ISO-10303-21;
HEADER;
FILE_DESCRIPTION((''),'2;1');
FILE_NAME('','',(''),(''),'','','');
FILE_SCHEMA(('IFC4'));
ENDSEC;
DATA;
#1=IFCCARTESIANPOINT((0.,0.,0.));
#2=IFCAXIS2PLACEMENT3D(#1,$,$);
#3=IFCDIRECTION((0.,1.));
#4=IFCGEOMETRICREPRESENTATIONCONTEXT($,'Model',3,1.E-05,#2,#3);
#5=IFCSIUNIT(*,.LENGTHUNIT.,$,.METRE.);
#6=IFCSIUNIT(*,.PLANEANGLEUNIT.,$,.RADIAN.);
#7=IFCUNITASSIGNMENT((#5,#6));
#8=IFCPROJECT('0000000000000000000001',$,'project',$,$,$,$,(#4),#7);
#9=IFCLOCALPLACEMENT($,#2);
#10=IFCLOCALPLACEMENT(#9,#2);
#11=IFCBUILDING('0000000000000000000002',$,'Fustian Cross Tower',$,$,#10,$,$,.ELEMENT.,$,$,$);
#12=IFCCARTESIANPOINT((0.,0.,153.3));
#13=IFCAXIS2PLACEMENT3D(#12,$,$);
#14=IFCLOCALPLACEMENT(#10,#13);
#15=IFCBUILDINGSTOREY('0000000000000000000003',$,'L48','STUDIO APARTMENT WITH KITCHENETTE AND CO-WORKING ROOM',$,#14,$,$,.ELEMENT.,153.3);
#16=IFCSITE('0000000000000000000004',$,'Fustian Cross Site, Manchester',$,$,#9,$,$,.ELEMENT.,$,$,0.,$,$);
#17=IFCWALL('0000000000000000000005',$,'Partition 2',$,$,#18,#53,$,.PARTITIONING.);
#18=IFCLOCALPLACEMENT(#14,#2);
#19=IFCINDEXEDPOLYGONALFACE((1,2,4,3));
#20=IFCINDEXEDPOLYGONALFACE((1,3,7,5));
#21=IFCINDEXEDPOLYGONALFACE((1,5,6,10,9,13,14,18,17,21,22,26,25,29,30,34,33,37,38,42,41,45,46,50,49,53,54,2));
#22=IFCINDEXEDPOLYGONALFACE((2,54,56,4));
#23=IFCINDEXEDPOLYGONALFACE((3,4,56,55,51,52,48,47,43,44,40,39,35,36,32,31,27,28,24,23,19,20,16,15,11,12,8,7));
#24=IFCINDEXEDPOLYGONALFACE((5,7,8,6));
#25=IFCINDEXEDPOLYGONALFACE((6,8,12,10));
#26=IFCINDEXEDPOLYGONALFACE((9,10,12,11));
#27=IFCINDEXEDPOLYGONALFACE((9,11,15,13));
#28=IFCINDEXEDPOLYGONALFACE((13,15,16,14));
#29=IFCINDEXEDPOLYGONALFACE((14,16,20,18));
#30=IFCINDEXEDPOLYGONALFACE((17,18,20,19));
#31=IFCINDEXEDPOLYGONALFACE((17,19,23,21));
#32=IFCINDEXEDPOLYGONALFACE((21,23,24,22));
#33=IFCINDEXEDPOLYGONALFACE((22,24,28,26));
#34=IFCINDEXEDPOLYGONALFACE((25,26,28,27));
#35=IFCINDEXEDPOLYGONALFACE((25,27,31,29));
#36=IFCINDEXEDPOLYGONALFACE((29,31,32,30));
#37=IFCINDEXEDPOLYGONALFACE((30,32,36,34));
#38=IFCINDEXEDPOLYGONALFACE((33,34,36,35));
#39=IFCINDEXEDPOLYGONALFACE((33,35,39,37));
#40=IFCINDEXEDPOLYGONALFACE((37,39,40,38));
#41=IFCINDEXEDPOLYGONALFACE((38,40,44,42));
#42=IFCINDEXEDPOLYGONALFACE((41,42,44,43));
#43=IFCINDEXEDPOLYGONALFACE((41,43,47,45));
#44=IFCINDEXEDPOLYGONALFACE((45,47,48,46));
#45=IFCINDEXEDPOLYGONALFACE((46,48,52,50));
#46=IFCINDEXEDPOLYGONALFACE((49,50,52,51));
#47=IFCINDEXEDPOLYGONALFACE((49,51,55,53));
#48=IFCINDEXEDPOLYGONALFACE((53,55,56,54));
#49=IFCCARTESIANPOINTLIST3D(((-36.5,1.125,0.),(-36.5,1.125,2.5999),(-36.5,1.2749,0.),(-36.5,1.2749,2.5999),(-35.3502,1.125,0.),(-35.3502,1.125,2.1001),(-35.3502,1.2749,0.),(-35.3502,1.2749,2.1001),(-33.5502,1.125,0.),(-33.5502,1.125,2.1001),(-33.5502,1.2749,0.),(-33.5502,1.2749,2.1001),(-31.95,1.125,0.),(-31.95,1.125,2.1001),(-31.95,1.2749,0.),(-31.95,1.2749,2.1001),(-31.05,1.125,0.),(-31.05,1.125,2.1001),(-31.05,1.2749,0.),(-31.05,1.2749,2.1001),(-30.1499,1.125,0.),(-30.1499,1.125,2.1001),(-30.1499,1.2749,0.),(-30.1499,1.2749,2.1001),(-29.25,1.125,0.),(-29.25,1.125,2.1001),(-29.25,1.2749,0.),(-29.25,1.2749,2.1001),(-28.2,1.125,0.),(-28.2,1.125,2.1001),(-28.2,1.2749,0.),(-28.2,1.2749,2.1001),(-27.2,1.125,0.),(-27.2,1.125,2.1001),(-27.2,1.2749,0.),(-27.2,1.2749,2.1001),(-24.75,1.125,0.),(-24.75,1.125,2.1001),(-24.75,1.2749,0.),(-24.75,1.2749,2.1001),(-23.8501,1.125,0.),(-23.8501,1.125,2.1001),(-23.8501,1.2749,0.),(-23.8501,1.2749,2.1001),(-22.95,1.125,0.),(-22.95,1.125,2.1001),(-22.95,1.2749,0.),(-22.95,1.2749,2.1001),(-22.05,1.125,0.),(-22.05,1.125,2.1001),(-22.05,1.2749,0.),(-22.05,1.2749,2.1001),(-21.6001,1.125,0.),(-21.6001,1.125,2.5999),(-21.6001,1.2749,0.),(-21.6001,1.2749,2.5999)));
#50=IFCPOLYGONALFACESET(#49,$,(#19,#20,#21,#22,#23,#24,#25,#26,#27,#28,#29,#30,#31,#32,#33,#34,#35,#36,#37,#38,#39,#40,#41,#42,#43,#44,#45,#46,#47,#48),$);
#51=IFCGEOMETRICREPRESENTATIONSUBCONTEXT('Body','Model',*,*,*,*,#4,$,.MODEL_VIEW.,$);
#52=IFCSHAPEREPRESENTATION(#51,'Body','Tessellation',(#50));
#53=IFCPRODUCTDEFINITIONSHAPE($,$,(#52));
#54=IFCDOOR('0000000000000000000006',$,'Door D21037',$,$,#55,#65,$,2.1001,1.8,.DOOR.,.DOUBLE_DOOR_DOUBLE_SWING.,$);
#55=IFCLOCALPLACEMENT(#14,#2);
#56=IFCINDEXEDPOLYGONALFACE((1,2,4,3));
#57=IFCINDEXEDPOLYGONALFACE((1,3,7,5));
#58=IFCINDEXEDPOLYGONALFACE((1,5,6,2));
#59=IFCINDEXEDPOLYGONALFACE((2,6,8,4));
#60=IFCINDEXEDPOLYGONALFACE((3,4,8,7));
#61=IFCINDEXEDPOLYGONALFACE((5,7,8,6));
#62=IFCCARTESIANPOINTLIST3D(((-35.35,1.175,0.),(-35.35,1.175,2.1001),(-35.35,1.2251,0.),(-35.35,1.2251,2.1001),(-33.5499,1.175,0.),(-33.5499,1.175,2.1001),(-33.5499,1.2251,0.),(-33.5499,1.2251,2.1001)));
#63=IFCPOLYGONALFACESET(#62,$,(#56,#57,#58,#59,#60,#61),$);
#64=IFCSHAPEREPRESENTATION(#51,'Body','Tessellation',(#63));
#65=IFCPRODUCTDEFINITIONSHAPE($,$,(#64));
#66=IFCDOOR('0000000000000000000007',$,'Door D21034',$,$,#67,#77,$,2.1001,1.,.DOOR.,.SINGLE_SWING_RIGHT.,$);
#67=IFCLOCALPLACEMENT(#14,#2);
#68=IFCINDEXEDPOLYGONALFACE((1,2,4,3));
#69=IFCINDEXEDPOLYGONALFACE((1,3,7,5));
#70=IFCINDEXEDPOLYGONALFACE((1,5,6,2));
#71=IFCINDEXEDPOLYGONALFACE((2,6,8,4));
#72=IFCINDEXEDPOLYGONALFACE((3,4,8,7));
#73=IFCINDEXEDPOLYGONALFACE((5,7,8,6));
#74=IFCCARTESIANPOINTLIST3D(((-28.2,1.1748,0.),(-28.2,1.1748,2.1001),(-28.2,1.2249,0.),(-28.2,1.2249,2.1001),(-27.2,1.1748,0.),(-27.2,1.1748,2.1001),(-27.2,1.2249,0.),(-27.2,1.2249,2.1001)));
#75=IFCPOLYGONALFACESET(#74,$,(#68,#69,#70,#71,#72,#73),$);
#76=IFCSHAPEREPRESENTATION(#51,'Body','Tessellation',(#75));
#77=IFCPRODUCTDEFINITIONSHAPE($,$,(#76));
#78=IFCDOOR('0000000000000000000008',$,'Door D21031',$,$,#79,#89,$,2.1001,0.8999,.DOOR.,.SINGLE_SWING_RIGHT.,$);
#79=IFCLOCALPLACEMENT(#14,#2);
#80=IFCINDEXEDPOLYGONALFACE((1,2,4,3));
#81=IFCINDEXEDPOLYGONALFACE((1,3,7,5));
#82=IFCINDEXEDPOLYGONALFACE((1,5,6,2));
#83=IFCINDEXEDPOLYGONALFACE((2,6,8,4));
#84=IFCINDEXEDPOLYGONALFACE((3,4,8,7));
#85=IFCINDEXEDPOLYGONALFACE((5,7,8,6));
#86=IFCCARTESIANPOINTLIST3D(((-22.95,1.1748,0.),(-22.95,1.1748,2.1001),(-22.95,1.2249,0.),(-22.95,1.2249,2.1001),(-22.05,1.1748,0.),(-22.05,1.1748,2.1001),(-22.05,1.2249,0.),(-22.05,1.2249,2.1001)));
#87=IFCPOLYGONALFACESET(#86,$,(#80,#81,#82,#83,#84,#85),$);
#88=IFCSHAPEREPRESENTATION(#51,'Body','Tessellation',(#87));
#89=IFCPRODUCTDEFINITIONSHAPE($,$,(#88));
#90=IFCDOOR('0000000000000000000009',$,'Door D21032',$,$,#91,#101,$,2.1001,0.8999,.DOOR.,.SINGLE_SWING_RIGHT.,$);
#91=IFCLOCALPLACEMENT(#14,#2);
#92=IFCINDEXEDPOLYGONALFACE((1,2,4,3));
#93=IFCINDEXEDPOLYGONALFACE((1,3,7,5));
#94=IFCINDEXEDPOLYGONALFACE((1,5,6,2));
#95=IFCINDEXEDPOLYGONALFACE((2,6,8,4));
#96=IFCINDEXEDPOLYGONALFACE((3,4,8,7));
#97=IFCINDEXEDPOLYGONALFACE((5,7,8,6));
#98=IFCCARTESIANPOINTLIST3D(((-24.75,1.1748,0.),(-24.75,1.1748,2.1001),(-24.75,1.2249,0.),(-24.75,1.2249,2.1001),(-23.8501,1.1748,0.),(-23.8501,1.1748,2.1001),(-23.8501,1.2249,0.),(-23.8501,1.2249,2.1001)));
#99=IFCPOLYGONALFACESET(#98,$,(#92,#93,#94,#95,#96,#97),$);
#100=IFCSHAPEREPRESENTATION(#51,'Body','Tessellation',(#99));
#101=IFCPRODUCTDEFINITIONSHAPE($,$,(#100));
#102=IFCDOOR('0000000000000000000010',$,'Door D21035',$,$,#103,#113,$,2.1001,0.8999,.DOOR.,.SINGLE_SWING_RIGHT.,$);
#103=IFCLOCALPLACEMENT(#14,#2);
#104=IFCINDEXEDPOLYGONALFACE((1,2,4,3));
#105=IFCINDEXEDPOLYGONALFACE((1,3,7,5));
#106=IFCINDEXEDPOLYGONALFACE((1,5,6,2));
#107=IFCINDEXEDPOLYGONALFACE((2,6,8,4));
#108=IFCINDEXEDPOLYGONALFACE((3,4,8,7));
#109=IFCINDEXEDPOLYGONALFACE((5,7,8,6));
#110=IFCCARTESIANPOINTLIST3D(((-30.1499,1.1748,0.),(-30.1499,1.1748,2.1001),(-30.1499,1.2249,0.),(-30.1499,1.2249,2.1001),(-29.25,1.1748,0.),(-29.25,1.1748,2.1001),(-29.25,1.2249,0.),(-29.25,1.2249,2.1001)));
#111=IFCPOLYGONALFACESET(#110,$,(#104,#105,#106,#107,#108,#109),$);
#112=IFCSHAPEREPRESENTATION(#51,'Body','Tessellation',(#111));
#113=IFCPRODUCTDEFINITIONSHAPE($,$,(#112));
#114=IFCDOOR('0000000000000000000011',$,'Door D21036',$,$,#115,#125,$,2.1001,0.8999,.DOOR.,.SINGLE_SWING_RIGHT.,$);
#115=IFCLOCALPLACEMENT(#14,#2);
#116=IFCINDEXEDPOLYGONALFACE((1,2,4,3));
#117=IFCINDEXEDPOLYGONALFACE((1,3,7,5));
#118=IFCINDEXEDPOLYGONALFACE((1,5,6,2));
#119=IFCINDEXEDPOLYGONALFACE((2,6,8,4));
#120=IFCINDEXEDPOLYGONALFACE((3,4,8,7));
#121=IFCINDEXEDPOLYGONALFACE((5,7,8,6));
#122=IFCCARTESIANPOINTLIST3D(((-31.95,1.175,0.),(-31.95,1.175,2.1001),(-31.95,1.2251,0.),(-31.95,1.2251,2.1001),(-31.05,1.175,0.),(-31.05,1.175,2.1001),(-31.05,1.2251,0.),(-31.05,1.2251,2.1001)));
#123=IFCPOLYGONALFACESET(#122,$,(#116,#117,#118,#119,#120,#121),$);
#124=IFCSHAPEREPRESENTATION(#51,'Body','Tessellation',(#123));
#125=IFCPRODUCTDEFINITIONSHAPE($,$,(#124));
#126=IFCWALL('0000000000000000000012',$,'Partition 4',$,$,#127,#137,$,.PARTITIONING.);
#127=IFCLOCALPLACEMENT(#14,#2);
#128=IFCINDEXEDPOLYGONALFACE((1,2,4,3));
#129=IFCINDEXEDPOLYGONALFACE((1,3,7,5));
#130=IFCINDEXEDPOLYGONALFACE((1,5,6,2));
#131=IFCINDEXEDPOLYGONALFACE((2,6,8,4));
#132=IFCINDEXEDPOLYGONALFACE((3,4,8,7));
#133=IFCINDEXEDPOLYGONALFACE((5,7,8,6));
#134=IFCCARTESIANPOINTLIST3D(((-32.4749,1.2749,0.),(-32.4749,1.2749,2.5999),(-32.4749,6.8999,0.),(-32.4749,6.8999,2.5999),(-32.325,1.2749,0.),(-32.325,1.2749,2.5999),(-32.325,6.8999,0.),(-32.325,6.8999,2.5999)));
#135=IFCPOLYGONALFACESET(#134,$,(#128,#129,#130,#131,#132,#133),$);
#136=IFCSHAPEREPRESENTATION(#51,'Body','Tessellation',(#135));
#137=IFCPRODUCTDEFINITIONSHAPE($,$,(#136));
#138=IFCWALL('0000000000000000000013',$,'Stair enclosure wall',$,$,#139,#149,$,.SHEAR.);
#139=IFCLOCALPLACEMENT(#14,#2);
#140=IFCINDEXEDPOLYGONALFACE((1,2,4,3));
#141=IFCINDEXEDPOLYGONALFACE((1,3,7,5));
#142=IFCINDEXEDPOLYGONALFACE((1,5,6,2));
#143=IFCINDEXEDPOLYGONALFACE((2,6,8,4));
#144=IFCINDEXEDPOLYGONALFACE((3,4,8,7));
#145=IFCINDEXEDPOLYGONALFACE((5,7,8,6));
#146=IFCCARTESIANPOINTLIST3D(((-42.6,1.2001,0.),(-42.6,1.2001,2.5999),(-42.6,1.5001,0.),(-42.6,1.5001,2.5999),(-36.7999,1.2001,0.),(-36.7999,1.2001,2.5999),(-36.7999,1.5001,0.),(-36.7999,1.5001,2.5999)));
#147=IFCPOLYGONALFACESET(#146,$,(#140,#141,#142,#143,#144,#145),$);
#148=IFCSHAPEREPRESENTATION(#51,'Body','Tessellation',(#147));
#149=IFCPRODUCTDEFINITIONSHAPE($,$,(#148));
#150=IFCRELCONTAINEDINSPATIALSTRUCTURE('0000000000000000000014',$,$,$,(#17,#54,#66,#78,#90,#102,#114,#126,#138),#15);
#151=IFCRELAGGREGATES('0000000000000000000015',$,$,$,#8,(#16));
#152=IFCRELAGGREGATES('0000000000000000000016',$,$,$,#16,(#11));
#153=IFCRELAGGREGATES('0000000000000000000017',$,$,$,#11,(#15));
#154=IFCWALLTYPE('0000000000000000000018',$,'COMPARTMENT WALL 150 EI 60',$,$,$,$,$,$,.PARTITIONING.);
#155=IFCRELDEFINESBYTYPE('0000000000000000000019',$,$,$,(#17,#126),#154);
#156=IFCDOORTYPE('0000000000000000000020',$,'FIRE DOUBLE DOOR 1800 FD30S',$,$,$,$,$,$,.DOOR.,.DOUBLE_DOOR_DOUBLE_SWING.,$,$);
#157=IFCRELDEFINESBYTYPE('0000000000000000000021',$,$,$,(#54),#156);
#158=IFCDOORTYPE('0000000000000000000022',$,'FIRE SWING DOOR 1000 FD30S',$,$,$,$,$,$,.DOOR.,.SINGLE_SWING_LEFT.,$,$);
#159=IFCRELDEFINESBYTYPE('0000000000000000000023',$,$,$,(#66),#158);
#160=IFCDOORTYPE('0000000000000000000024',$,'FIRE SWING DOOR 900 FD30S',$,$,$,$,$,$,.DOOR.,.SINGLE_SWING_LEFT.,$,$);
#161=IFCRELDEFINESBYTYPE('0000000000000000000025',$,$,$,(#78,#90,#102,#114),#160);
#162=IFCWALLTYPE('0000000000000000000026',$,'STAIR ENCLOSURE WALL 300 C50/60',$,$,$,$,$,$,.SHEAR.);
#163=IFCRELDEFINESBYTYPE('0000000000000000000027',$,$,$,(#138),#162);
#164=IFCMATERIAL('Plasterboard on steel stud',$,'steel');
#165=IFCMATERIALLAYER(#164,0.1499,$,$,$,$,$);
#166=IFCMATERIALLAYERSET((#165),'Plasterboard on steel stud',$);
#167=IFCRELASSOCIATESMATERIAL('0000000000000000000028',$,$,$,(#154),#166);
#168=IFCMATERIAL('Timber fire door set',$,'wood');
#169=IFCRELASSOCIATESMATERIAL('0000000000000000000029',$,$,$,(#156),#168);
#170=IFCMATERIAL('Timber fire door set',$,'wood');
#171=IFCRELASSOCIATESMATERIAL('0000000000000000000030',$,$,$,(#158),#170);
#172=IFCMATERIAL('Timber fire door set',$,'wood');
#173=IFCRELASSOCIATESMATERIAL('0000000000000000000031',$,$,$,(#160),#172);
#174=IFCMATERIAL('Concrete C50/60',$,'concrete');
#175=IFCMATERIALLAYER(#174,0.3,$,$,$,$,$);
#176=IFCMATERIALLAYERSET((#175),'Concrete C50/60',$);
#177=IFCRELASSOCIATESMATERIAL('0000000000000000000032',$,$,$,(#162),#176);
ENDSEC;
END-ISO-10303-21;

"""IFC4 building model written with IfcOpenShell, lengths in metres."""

from ifc_helpers import new_model, si_unit, direction, frame, frame_2d, origin, place, context, subcontext, project, spatial, rectangle, extrude, material, layer, layer_set, type_object, element, fill, save


model = new_model("IFC4")

# Units and contexts
model_context = context("Model", 3, precision=1e-05, world=origin(), true_north=direction((0.0, 1.0)))
body_context = subcontext(model_context, "Body", "Model", "MODEL_VIEW")
ifc_project = project(units=[si_unit("LENGTHUNIT", "METRE"), si_unit("PLANEANGLEUNIT", "RADIAN")], contexts=[model_context])

# Site, building, storey
site_placement = place(None, origin())
site = spatial("IfcSite", under=ifc_project, at=site_placement, Name="Fustian Cross Site, Manchester", CompositionType="ELEMENT", RefElevation=0.0)
building_placement = place(site_placement, origin())
building = spatial("IfcBuilding", under=site, at=building_placement, Name="Fustian Cross Tower", CompositionType="ELEMENT")
storey_placement = place(building_placement, frame((0.0, 0.0, 153.3)))
storey = spatial("IfcBuildingStorey", under=building, at=storey_placement, Name="L48", Description="STUDIO APARTMENT WITH KITCHENETTE AND CO-WORKING ROOM", CompositionType="ELEMENT", Elevation=153.3)

# Wall, openings, doors
ifc_material_1 = material(Name="Plasterboard on steel stud", Category="steel")
ifc_layer_1 = layer(ifc_material_1, 0.1499)
ifc_layer_set_1 = layer_set([ifc_layer_1], Name="Plasterboard on steel stud")
wall_type_1 = type_object("IfcWallType", Name="COMPARTMENT WALL 150 EI 60", PredefinedType="PARTITIONING", material=ifc_layer_set_1)
wall_1_placement = place(storey_placement, frame((-36.5, 1.2, 0.0), z_axis=(0.0, 0.0, 1.0), x_axis=(1.0, 0.0, 0.0)))
wall_1 = element("IfcWall", 1, at=wall_1_placement, inside=storey, type_object=wall_type_1, Name="Partition 2", PredefinedType="PARTITIONING", context=body_context, shape_type="SweptSolid", body=[
    extrude(rectangle(XDim=14.8999, YDim=0.1499, at=frame_2d((7.45, 0.0))), origin(), (0.0, 0.0, 1.0), 2.5999),
])
opening_1_placement = place(wall_1_placement, frame((13.55, 0.0, 0.0)))
opening_1 = element("IfcOpeningElement", 2, at=opening_1_placement, cuts=wall_1, PredefinedType="OPENING", context=body_context, shape_type="SweptSolid", body=[
    extrude(rectangle(XDim=0.8999, YDim=2.1001, at=frame_2d((0.45, 1.05))), frame((0.0, 0.085, 0.0), z_axis=(0.0, -1.0, 0.0), x_axis=(1.0, 0.0, 0.0)), (0.0, 0.0, 1.0), 0.1699),
])
opening_2_placement = place(wall_1_placement, frame((11.75, 0.0, 0.0)))
opening_2 = element("IfcOpeningElement", 3, at=opening_2_placement, cuts=wall_1, PredefinedType="OPENING", context=body_context, shape_type="SweptSolid", body=[
    extrude(rectangle(XDim=0.8999, YDim=2.1001, at=frame_2d((0.45, 1.05))), frame((0.0, 0.085, 0.0), z_axis=(0.0, -1.0, 0.0), x_axis=(1.0, 0.0, 0.0)), (0.0, 0.0, 1.0), 0.1699),
])
opening_3_placement = place(wall_1_placement, frame((8.3, 0.0, 0.0)))
opening_3 = element("IfcOpeningElement", 4, at=opening_3_placement, cuts=wall_1, PredefinedType="OPENING", context=body_context, shape_type="SweptSolid", body=[
    extrude(rectangle(XDim=1.0, YDim=2.1001, at=frame_2d((0.5, 1.05))), frame((0.0, 0.085, 0.0), z_axis=(0.0, -1.0, 0.0), x_axis=(1.0, 0.0, 0.0)), (0.0, 0.0, 1.0), 0.1699),
])
opening_4_placement = place(wall_1_placement, frame((6.3501, 0.0, 0.0)))
opening_4 = element("IfcOpeningElement", 5, at=opening_4_placement, cuts=wall_1, PredefinedType="OPENING", context=body_context, shape_type="SweptSolid", body=[
    extrude(rectangle(XDim=0.8999, YDim=2.1001, at=frame_2d((0.45, 1.05))), frame((0.0, 0.085, 0.0), z_axis=(0.0, -1.0, 0.0), x_axis=(1.0, 0.0, 0.0)), (0.0, 0.0, 1.0), 0.1699),
])
opening_5_placement = place(wall_1_placement, frame((4.55, 0.0, 0.0)))
opening_5 = element("IfcOpeningElement", 6, at=opening_5_placement, cuts=wall_1, PredefinedType="OPENING", context=body_context, shape_type="SweptSolid", body=[
    extrude(rectangle(XDim=0.8999, YDim=2.1001, at=frame_2d((0.45, 1.05))), frame((0.0, 0.085, 0.0), z_axis=(0.0, -1.0, 0.0), x_axis=(1.0, 0.0, 0.0)), (0.0, 0.0, 1.0), 0.1699),
])
opening_6_placement = place(wall_1_placement, frame((1.1499, 0.0, 0.0)))
opening_6 = element("IfcOpeningElement", 7, at=opening_6_placement, cuts=wall_1, PredefinedType="OPENING", context=body_context, shape_type="SweptSolid", body=[
    extrude(rectangle(XDim=1.8, YDim=2.1001, at=frame_2d((0.8999, 1.05))), frame((0.0, 0.085, 0.0), z_axis=(0.0, -1.0, 0.0), x_axis=(1.0, 0.0, 0.0)), (0.0, 0.0, 1.0), 0.1699),
])
ifc_material_2 = material(Name="Timber fire door set", Category="wood")
door_type_1 = type_object("IfcDoorType", Name="FIRE DOUBLE DOOR 1800 FD30S", OperationType="DOUBLE_DOOR_DOUBLE_SWING", PredefinedType="DOOR", material=ifc_material_2)
door_1_placement = place(opening_6_placement, frame((1.8, 0.0, 0.0), z_axis=(0.0, 0.0, 1.0), x_axis=(-1.0, 0.0, 0.0)))
door_1 = element("IfcDoor", 8, at=door_1_placement, inside=storey, type_object=door_type_1, Name="Door D21037", OperationType="DOUBLE_DOOR_DOUBLE_SWING", OverallHeight=2.1001, OverallWidth=1.8, PredefinedType="DOOR", context=body_context, shape_type="SweptSolid", body=[
    extrude(rectangle(XDim=1.8, YDim=2.1001, at=frame_2d((0.8999, 1.05))), frame((0.0, 0.0249, 0.0), z_axis=(0.0, -1.0, 0.0), x_axis=(1.0, 0.0, 0.0)), (0.0, 0.0, 1.0), 0.05),
])
fill(opening_6, door_1)
ifc_material_3 = material(Name="Timber fire door set", Category="wood")
door_type_2 = type_object("IfcDoorType", Name="FIRE SWING DOOR 1000 FD30S", OperationType="SINGLE_SWING_LEFT", PredefinedType="DOOR", material=ifc_material_3)
door_2_placement = place(opening_3_placement, origin())
door_2 = element("IfcDoor", 9, at=door_2_placement, inside=storey, type_object=door_type_2, Name="Door D21034", OperationType="SINGLE_SWING_RIGHT", OverallHeight=2.1001, OverallWidth=1.0, PredefinedType="DOOR", context=body_context, shape_type="SweptSolid", body=[
    extrude(rectangle(XDim=1.0, YDim=2.1001, at=frame_2d((0.5, 1.05))), frame((0.0, 0.0249, 0.0), z_axis=(0.0, -1.0, 0.0), x_axis=(1.0, 0.0, 0.0)), (0.0, 0.0, 1.0), 0.05),
])
fill(opening_3, door_2)
ifc_material_4 = material(Name="Timber fire door set", Category="wood")
door_type_3 = type_object("IfcDoorType", Name="FIRE SWING DOOR 900 FD30S", OperationType="SINGLE_SWING_LEFT", PredefinedType="DOOR", material=ifc_material_4)
door_3_placement = place(opening_1_placement, origin())
door_3 = element("IfcDoor", 10, at=door_3_placement, inside=storey, type_object=door_type_3, Name="Door D21031", OperationType="SINGLE_SWING_RIGHT", OverallHeight=2.1001, OverallWidth=0.8999, PredefinedType="DOOR", context=body_context, shape_type="SweptSolid", body=[
    extrude(rectangle(XDim=0.8999, YDim=2.1001, at=frame_2d((0.45, 1.05))), frame((0.0, 0.0249, 0.0), z_axis=(0.0, -1.0, 0.0), x_axis=(1.0, 0.0, 0.0)), (0.0, 0.0, 1.0), 0.05),
])
fill(opening_1, door_3)
door_4_placement = place(opening_2_placement, origin())
door_4 = element("IfcDoor", 11, at=door_4_placement, inside=storey, type_object=door_type_3, Name="Door D21032", OperationType="SINGLE_SWING_RIGHT", OverallHeight=2.1001, OverallWidth=0.8999, PredefinedType="DOOR", context=body_context, shape_type="SweptSolid", body=[
    extrude(rectangle(XDim=0.8999, YDim=2.1001, at=frame_2d((0.45, 1.05))), frame((0.0, 0.0249, 0.0), z_axis=(0.0, -1.0, 0.0), x_axis=(1.0, 0.0, 0.0)), (0.0, 0.0, 1.0), 0.05),
])
fill(opening_2, door_4)
door_5_placement = place(opening_4_placement, origin())
door_5 = element("IfcDoor", 12, at=door_5_placement, inside=storey, type_object=door_type_3, Name="Door D21035", OperationType="SINGLE_SWING_RIGHT", OverallHeight=2.1001, OverallWidth=0.8999, PredefinedType="DOOR", context=body_context, shape_type="SweptSolid", body=[
    extrude(rectangle(XDim=0.8999, YDim=2.1001, at=frame_2d((0.45, 1.05))), frame((0.0, 0.0249, 0.0), z_axis=(0.0, -1.0, 0.0), x_axis=(1.0, 0.0, 0.0)), (0.0, 0.0, 1.0), 0.05),
])
fill(opening_4, door_5)
door_6_placement = place(opening_5_placement, frame((0.8999, 0.0, 0.0), z_axis=(0.0, 0.0, 1.0), x_axis=(-1.0, 0.0, 0.0)))
door_6 = element("IfcDoor", 13, at=door_6_placement, inside=storey, type_object=door_type_3, Name="Door D21036", OperationType="SINGLE_SWING_RIGHT", OverallHeight=2.1001, OverallWidth=0.8999, PredefinedType="DOOR", context=body_context, shape_type="SweptSolid", body=[
    extrude(rectangle(XDim=0.8999, YDim=2.1001, at=frame_2d((0.45, 1.05))), frame((0.0, 0.0249, 0.0), z_axis=(0.0, -1.0, 0.0), x_axis=(1.0, 0.0, 0.0)), (0.0, 0.0, 1.0), 0.05),
])
fill(opening_5, door_6)

# Walls
wall_2_placement = place(storey_placement, frame((-32.3999, 1.2749, 0.0), z_axis=(0.0, 0.0, 1.0), x_axis=(0.0, 1.0, 0.0)))
element("IfcWall", 14, at=wall_2_placement, inside=storey, type_object=wall_type_1, Name="Partition 4", PredefinedType="PARTITIONING", context=body_context, shape_type="SweptSolid", body=[
    extrude(rectangle(XDim=5.625, YDim=0.1499, at=frame_2d((2.8125, 0.0))), origin(), (0.0, 0.0, 1.0), 2.5999),
])
ifc_material_5 = material(Name="Concrete C50/60", Category="concrete")
ifc_layer_2 = layer(ifc_material_5, 0.3)
ifc_layer_set_2 = layer_set([ifc_layer_2], Name="Concrete C50/60")
wall_type_2 = type_object("IfcWallType", Name="STAIR ENCLOSURE WALL 300 C50/60", PredefinedType="SHEAR", material=ifc_layer_set_2)
wall_3_placement = place(storey_placement, frame((-36.8, 1.3501, 0.0), z_axis=(0.0, 0.0, 1.0), x_axis=(-1.0, 0.0, 0.0)))
element("IfcWall", 15, at=wall_3_placement, inside=storey, type_object=wall_type_2, Name="Stair enclosure wall", PredefinedType="SHEAR", context=body_context, shape_type="SweptSolid", body=[
    extrude(rectangle(XDim=5.8, YDim=0.3, at=frame_2d((2.8999, 0.0))), origin(), (0.0, 0.0, 1.0), 2.5999),
])

save(model, "model.ifc")
